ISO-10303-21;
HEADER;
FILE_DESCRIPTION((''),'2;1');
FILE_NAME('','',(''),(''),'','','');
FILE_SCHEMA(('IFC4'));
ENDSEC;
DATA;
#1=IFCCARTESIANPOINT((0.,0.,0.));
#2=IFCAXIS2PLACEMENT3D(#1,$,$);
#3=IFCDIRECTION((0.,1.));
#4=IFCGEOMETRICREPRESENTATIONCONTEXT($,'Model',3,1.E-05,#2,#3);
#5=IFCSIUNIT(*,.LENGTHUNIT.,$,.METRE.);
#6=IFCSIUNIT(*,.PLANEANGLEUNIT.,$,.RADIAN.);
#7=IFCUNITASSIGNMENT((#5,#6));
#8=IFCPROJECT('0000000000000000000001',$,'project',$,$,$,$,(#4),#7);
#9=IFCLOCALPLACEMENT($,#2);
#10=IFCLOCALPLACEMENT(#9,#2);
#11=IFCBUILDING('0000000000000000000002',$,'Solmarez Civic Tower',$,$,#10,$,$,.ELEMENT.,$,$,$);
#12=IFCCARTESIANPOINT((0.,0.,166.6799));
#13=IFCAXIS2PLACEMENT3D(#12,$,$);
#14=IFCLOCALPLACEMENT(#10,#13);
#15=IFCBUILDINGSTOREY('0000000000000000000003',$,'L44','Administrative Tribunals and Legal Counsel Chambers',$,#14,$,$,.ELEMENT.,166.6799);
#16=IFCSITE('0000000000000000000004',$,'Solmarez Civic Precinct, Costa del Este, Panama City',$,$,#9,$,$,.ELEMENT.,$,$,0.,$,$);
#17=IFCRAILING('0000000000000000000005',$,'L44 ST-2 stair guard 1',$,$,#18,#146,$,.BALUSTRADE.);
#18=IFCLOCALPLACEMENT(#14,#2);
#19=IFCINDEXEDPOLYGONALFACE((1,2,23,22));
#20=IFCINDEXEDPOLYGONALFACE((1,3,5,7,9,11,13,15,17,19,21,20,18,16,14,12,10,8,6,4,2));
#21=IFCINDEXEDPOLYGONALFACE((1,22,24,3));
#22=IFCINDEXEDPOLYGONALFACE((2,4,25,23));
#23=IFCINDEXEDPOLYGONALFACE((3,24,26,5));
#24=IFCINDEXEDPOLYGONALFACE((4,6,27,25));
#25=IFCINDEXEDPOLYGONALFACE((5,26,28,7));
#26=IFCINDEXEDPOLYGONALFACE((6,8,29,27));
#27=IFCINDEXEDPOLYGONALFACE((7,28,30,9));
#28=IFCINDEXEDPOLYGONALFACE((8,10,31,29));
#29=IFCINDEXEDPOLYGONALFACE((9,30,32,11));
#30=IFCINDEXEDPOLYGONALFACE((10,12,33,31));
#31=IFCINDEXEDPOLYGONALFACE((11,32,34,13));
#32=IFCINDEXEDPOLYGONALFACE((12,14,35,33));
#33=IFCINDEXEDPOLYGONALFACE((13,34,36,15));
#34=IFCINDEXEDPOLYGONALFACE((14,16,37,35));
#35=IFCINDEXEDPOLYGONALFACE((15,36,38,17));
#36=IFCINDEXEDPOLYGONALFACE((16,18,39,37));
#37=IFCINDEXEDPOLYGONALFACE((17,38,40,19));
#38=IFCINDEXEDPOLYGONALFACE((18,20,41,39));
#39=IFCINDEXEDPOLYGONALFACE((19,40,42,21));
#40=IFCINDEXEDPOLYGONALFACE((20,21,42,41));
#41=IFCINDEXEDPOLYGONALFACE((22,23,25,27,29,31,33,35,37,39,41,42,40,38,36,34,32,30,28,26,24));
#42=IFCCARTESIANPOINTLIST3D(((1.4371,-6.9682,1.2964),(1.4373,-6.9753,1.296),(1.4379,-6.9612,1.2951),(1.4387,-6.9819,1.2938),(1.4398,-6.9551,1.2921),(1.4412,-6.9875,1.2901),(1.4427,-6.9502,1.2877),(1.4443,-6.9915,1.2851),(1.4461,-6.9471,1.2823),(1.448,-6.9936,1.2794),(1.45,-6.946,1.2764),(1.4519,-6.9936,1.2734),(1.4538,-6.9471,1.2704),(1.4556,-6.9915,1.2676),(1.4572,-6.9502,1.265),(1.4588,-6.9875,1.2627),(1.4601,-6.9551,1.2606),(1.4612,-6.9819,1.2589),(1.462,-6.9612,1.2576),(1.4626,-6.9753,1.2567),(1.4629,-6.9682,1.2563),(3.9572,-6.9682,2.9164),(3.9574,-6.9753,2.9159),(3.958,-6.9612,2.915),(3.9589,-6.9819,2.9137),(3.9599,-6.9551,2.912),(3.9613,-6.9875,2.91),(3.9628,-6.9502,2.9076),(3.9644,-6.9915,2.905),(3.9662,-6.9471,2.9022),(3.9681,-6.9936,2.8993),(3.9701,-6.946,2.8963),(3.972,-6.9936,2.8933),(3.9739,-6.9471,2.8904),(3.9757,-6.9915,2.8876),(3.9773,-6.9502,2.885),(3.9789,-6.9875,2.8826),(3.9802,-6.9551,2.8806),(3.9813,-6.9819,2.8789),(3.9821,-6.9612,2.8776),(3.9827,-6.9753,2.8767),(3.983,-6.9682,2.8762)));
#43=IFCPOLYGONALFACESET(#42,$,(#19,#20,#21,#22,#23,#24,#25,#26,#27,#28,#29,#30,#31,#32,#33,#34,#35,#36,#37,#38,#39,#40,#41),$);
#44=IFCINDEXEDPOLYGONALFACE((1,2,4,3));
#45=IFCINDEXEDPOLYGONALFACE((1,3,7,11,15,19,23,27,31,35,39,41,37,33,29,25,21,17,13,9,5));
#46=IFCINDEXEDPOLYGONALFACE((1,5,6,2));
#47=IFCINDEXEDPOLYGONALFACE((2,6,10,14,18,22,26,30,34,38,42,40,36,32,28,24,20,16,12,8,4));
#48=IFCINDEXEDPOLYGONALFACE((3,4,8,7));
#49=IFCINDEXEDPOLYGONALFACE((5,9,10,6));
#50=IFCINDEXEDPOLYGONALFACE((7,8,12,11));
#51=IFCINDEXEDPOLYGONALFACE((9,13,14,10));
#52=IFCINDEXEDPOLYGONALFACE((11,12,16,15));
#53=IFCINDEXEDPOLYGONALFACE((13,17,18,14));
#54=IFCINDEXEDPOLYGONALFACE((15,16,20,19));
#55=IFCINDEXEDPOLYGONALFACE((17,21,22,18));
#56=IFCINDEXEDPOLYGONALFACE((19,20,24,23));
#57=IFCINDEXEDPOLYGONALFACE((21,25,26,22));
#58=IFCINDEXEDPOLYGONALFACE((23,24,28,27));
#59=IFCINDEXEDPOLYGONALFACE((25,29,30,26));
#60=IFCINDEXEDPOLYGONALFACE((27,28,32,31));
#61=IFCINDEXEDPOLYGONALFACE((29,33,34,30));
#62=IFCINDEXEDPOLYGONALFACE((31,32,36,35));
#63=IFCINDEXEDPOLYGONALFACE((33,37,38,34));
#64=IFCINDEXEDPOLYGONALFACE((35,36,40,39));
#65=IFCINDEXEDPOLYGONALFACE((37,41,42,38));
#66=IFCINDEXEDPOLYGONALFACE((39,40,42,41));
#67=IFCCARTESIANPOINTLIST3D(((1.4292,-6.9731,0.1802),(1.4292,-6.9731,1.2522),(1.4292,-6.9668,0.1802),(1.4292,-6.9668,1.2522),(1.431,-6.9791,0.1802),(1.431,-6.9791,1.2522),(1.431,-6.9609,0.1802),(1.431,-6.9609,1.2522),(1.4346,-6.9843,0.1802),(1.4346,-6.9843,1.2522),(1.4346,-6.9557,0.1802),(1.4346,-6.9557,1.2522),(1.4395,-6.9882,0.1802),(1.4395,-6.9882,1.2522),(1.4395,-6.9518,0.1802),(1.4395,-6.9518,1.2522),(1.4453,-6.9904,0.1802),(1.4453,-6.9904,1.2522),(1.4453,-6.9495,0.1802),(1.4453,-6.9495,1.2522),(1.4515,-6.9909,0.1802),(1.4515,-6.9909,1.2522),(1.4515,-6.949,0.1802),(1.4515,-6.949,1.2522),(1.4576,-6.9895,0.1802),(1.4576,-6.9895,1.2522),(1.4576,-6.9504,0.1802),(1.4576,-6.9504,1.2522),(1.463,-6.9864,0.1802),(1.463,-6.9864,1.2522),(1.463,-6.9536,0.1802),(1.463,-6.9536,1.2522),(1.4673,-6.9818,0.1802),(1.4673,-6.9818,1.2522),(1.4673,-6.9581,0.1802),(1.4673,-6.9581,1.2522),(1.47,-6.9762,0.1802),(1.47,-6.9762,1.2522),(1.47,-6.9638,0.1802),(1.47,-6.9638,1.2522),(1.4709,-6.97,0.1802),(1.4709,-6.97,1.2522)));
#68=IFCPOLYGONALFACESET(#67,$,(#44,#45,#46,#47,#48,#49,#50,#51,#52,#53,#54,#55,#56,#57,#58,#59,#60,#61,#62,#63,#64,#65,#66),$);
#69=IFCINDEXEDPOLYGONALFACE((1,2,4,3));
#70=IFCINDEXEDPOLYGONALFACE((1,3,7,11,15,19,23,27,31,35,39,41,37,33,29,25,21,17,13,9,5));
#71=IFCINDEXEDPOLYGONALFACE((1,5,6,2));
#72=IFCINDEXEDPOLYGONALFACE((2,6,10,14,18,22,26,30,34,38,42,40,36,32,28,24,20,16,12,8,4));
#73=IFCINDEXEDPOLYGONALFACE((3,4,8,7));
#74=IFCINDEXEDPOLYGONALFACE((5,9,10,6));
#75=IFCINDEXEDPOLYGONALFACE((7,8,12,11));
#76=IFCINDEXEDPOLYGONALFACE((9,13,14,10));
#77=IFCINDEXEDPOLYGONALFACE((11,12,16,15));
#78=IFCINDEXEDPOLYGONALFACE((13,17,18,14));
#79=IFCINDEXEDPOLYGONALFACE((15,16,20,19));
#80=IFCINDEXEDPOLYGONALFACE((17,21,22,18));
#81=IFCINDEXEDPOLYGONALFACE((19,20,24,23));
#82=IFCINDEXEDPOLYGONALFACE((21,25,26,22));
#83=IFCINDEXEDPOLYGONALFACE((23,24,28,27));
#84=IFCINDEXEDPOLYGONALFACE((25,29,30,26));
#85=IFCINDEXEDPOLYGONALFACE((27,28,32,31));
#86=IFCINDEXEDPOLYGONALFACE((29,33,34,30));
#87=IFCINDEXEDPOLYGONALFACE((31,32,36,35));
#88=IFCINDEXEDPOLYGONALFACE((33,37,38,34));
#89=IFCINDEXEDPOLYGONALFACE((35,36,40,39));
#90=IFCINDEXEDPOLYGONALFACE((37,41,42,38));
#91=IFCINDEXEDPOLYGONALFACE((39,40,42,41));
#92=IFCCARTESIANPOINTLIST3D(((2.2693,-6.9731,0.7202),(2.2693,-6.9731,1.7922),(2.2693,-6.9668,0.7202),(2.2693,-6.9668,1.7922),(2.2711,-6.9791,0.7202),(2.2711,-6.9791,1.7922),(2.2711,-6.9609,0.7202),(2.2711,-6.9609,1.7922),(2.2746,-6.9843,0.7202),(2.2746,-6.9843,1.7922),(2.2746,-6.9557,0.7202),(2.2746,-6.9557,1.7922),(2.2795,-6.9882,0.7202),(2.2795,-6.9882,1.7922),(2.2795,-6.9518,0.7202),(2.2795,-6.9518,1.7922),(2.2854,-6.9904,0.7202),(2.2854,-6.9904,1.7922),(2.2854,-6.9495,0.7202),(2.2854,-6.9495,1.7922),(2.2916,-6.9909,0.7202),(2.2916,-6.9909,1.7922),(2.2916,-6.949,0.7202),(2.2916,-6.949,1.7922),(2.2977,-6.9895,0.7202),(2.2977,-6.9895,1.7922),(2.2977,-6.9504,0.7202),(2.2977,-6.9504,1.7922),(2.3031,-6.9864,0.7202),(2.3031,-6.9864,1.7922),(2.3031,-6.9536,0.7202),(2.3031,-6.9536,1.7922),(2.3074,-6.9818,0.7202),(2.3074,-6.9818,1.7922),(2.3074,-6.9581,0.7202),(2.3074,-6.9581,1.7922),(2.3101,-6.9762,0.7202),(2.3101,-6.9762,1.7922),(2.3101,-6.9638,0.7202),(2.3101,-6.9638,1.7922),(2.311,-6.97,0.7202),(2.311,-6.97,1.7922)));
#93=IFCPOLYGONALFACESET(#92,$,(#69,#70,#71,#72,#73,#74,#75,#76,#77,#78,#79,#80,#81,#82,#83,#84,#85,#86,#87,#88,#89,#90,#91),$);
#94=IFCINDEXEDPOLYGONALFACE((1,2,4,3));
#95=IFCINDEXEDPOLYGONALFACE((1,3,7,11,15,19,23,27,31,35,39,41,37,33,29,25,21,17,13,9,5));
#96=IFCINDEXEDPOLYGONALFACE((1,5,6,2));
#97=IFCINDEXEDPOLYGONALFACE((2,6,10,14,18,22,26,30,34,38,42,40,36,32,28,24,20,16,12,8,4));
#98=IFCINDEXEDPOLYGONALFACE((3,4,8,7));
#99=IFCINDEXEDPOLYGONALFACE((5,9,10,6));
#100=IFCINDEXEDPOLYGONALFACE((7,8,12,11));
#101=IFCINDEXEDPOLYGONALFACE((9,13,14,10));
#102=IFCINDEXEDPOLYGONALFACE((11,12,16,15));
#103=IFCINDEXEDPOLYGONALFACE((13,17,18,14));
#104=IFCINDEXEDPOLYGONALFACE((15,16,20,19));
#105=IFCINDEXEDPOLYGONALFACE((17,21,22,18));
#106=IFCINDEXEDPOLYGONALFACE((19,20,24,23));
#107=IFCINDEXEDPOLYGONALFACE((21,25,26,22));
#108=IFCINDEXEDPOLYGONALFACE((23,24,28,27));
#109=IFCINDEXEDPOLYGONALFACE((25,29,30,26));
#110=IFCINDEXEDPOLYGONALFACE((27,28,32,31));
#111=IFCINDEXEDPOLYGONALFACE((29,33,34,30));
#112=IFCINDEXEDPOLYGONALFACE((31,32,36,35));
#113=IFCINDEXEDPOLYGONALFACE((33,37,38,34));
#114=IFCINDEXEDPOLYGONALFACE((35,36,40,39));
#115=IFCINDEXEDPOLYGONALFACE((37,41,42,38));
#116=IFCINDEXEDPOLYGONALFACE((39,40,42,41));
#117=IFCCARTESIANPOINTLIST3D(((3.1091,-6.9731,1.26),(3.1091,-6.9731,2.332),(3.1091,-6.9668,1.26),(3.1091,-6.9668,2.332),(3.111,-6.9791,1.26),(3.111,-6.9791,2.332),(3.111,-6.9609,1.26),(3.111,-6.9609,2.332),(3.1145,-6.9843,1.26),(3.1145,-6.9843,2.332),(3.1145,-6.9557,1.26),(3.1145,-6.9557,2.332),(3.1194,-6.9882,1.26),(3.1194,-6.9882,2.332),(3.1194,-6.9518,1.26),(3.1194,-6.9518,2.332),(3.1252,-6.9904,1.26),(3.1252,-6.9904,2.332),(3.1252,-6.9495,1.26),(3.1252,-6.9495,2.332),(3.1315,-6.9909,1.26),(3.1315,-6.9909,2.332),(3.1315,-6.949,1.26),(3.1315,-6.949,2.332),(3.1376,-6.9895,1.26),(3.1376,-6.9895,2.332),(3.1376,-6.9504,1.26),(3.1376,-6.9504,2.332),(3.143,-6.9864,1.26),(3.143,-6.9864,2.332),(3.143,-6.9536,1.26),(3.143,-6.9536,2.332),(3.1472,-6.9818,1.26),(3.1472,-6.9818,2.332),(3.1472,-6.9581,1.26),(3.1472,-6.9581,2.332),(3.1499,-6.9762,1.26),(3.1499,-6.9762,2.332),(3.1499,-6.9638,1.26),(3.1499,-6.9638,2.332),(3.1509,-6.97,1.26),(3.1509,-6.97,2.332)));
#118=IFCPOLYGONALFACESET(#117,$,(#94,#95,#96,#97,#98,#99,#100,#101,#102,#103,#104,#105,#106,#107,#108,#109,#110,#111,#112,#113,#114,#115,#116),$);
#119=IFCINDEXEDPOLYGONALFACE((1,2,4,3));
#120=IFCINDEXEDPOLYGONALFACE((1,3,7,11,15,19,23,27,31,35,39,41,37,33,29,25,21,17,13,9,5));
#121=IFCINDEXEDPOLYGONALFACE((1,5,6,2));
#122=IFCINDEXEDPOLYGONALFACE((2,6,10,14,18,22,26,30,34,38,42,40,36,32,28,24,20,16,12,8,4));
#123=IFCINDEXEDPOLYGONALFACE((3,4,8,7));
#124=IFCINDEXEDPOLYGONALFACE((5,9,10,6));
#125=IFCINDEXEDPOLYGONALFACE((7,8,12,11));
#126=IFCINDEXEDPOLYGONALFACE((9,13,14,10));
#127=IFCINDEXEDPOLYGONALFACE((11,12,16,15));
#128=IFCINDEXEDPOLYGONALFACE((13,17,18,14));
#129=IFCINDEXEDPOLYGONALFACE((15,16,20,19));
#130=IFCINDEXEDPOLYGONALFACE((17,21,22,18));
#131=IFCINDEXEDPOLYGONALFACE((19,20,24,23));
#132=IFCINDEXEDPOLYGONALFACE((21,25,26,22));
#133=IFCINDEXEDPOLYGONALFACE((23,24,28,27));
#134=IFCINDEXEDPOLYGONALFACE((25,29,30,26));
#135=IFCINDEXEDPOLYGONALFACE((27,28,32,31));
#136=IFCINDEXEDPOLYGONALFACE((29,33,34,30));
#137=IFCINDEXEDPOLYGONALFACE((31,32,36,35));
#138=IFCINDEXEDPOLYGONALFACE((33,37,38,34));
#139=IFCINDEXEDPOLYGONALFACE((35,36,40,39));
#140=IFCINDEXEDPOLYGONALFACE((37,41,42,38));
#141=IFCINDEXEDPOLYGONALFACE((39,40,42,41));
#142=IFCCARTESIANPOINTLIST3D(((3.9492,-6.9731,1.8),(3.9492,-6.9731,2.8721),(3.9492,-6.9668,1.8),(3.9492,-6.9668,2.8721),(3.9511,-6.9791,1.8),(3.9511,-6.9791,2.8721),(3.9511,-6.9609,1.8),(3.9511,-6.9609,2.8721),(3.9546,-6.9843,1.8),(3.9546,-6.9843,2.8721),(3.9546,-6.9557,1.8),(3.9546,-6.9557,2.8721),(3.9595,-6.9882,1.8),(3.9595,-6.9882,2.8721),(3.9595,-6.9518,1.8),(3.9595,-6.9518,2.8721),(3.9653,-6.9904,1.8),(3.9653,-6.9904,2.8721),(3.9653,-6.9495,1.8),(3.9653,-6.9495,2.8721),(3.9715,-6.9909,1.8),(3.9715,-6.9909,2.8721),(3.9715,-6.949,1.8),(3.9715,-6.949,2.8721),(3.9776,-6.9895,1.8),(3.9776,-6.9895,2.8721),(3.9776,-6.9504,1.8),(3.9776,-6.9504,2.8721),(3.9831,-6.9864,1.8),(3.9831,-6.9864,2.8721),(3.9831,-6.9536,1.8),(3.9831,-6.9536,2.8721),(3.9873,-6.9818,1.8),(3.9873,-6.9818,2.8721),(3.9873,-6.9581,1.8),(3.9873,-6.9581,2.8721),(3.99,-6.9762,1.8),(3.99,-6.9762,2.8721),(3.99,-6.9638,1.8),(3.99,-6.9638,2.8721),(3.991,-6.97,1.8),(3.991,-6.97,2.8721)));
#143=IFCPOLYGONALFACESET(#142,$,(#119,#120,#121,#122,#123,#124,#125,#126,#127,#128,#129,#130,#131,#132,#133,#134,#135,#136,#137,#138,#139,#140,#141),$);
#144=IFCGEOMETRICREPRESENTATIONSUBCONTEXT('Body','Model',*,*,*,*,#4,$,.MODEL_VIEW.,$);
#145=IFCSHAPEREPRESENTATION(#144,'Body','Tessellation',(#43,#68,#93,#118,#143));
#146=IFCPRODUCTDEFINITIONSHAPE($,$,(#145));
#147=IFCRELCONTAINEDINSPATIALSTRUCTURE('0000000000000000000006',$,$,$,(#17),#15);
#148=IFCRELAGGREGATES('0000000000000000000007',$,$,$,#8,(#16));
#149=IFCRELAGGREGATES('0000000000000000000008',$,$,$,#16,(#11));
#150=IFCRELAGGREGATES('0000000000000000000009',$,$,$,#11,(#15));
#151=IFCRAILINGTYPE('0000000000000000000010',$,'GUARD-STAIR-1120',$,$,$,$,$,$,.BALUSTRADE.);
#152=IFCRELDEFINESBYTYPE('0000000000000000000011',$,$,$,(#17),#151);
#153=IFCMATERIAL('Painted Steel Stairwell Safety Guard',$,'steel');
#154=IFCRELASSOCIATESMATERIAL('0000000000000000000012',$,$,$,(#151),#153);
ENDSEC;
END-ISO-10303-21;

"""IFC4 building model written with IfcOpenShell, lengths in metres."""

from ifc_helpers import new_model, si_unit, direction, frame, origin, origin_2d, place, context, subcontext, project, spatial, circle, extrude, material, type_object, element, save


model = new_model("IFC4")

# Units and contexts
model_context = context("Model", 3, precision=1e-05, world=origin(), true_north=direction((0.0, 1.0)))
body_context = subcontext(model_context, "Body", "Model", "MODEL_VIEW")
ifc_project = project(units=[si_unit("LENGTHUNIT", "METRE"), si_unit("PLANEANGLEUNIT", "RADIAN")], contexts=[model_context])

# Site, building, storey
site_placement = place(None, origin())
site = spatial("IfcSite", under=ifc_project, at=site_placement, Name="Solmarez Civic Precinct, Costa del Este, Panama City", CompositionType="ELEMENT", RefElevation=0.0)
building_placement = place(site_placement, origin())
building = spatial("IfcBuilding", under=site, at=building_placement, Name="Solmarez Civic Tower", CompositionType="ELEMENT")
storey_placement = place(building_placement, frame((0.0, 0.0, 166.6799)))
storey = spatial("IfcBuildingStorey", under=building, at=storey_placement, Name="L44", Description="Administrative Tribunals and Legal Counsel Chambers", CompositionType="ELEMENT", Elevation=166.6799)

# Railing
ifc_material_1 = material(Name="Painted Steel Stairwell Safety Guard", Category="steel")
railing_type_1 = type_object("IfcRailingType", Name="GUARD-STAIR-1120", PredefinedType="BALUSTRADE", material=ifc_material_1)
railing_1_placement = place(storey_placement, frame((1.45, -6.97, 0.1802)))
element("IfcRailing", 1, at=railing_1_placement, inside=storey, type_object=railing_type_1, Name="L44 ST-2 stair guard 1", PredefinedType="BALUSTRADE", context=body_context, shape_type="SweptSolid", body=[
    extrude(circle(Radius=0.0239, at=origin_2d()), frame((0.0, 0.0, 1.0962), z_axis=(0.8412, 0.0, 0.540725), x_axis=(0.0, 1.0, 0.0)), (0.0, 0.0, 1.0), 2.9958),
    extrude(circle(Radius=0.021, at=origin_2d()), origin(), (0.0, 0.0, 1.0), 1.072),
    extrude(circle(Radius=0.021, at=origin_2d()), frame((0.8401, 0.0, 0.54)), (0.0, 0.0, 1.0), 1.072),
    extrude(circle(Radius=0.021, at=origin_2d()), frame((1.6799, 0.0, 1.0798)), (0.0, 0.0, 1.0), 1.072),
    extrude(circle(Radius=0.021, at=origin_2d()), frame((2.52, 0.0, 1.6199)), (0.0, 0.0, 1.0), 1.072),
])

save(model, "model.ifc")
